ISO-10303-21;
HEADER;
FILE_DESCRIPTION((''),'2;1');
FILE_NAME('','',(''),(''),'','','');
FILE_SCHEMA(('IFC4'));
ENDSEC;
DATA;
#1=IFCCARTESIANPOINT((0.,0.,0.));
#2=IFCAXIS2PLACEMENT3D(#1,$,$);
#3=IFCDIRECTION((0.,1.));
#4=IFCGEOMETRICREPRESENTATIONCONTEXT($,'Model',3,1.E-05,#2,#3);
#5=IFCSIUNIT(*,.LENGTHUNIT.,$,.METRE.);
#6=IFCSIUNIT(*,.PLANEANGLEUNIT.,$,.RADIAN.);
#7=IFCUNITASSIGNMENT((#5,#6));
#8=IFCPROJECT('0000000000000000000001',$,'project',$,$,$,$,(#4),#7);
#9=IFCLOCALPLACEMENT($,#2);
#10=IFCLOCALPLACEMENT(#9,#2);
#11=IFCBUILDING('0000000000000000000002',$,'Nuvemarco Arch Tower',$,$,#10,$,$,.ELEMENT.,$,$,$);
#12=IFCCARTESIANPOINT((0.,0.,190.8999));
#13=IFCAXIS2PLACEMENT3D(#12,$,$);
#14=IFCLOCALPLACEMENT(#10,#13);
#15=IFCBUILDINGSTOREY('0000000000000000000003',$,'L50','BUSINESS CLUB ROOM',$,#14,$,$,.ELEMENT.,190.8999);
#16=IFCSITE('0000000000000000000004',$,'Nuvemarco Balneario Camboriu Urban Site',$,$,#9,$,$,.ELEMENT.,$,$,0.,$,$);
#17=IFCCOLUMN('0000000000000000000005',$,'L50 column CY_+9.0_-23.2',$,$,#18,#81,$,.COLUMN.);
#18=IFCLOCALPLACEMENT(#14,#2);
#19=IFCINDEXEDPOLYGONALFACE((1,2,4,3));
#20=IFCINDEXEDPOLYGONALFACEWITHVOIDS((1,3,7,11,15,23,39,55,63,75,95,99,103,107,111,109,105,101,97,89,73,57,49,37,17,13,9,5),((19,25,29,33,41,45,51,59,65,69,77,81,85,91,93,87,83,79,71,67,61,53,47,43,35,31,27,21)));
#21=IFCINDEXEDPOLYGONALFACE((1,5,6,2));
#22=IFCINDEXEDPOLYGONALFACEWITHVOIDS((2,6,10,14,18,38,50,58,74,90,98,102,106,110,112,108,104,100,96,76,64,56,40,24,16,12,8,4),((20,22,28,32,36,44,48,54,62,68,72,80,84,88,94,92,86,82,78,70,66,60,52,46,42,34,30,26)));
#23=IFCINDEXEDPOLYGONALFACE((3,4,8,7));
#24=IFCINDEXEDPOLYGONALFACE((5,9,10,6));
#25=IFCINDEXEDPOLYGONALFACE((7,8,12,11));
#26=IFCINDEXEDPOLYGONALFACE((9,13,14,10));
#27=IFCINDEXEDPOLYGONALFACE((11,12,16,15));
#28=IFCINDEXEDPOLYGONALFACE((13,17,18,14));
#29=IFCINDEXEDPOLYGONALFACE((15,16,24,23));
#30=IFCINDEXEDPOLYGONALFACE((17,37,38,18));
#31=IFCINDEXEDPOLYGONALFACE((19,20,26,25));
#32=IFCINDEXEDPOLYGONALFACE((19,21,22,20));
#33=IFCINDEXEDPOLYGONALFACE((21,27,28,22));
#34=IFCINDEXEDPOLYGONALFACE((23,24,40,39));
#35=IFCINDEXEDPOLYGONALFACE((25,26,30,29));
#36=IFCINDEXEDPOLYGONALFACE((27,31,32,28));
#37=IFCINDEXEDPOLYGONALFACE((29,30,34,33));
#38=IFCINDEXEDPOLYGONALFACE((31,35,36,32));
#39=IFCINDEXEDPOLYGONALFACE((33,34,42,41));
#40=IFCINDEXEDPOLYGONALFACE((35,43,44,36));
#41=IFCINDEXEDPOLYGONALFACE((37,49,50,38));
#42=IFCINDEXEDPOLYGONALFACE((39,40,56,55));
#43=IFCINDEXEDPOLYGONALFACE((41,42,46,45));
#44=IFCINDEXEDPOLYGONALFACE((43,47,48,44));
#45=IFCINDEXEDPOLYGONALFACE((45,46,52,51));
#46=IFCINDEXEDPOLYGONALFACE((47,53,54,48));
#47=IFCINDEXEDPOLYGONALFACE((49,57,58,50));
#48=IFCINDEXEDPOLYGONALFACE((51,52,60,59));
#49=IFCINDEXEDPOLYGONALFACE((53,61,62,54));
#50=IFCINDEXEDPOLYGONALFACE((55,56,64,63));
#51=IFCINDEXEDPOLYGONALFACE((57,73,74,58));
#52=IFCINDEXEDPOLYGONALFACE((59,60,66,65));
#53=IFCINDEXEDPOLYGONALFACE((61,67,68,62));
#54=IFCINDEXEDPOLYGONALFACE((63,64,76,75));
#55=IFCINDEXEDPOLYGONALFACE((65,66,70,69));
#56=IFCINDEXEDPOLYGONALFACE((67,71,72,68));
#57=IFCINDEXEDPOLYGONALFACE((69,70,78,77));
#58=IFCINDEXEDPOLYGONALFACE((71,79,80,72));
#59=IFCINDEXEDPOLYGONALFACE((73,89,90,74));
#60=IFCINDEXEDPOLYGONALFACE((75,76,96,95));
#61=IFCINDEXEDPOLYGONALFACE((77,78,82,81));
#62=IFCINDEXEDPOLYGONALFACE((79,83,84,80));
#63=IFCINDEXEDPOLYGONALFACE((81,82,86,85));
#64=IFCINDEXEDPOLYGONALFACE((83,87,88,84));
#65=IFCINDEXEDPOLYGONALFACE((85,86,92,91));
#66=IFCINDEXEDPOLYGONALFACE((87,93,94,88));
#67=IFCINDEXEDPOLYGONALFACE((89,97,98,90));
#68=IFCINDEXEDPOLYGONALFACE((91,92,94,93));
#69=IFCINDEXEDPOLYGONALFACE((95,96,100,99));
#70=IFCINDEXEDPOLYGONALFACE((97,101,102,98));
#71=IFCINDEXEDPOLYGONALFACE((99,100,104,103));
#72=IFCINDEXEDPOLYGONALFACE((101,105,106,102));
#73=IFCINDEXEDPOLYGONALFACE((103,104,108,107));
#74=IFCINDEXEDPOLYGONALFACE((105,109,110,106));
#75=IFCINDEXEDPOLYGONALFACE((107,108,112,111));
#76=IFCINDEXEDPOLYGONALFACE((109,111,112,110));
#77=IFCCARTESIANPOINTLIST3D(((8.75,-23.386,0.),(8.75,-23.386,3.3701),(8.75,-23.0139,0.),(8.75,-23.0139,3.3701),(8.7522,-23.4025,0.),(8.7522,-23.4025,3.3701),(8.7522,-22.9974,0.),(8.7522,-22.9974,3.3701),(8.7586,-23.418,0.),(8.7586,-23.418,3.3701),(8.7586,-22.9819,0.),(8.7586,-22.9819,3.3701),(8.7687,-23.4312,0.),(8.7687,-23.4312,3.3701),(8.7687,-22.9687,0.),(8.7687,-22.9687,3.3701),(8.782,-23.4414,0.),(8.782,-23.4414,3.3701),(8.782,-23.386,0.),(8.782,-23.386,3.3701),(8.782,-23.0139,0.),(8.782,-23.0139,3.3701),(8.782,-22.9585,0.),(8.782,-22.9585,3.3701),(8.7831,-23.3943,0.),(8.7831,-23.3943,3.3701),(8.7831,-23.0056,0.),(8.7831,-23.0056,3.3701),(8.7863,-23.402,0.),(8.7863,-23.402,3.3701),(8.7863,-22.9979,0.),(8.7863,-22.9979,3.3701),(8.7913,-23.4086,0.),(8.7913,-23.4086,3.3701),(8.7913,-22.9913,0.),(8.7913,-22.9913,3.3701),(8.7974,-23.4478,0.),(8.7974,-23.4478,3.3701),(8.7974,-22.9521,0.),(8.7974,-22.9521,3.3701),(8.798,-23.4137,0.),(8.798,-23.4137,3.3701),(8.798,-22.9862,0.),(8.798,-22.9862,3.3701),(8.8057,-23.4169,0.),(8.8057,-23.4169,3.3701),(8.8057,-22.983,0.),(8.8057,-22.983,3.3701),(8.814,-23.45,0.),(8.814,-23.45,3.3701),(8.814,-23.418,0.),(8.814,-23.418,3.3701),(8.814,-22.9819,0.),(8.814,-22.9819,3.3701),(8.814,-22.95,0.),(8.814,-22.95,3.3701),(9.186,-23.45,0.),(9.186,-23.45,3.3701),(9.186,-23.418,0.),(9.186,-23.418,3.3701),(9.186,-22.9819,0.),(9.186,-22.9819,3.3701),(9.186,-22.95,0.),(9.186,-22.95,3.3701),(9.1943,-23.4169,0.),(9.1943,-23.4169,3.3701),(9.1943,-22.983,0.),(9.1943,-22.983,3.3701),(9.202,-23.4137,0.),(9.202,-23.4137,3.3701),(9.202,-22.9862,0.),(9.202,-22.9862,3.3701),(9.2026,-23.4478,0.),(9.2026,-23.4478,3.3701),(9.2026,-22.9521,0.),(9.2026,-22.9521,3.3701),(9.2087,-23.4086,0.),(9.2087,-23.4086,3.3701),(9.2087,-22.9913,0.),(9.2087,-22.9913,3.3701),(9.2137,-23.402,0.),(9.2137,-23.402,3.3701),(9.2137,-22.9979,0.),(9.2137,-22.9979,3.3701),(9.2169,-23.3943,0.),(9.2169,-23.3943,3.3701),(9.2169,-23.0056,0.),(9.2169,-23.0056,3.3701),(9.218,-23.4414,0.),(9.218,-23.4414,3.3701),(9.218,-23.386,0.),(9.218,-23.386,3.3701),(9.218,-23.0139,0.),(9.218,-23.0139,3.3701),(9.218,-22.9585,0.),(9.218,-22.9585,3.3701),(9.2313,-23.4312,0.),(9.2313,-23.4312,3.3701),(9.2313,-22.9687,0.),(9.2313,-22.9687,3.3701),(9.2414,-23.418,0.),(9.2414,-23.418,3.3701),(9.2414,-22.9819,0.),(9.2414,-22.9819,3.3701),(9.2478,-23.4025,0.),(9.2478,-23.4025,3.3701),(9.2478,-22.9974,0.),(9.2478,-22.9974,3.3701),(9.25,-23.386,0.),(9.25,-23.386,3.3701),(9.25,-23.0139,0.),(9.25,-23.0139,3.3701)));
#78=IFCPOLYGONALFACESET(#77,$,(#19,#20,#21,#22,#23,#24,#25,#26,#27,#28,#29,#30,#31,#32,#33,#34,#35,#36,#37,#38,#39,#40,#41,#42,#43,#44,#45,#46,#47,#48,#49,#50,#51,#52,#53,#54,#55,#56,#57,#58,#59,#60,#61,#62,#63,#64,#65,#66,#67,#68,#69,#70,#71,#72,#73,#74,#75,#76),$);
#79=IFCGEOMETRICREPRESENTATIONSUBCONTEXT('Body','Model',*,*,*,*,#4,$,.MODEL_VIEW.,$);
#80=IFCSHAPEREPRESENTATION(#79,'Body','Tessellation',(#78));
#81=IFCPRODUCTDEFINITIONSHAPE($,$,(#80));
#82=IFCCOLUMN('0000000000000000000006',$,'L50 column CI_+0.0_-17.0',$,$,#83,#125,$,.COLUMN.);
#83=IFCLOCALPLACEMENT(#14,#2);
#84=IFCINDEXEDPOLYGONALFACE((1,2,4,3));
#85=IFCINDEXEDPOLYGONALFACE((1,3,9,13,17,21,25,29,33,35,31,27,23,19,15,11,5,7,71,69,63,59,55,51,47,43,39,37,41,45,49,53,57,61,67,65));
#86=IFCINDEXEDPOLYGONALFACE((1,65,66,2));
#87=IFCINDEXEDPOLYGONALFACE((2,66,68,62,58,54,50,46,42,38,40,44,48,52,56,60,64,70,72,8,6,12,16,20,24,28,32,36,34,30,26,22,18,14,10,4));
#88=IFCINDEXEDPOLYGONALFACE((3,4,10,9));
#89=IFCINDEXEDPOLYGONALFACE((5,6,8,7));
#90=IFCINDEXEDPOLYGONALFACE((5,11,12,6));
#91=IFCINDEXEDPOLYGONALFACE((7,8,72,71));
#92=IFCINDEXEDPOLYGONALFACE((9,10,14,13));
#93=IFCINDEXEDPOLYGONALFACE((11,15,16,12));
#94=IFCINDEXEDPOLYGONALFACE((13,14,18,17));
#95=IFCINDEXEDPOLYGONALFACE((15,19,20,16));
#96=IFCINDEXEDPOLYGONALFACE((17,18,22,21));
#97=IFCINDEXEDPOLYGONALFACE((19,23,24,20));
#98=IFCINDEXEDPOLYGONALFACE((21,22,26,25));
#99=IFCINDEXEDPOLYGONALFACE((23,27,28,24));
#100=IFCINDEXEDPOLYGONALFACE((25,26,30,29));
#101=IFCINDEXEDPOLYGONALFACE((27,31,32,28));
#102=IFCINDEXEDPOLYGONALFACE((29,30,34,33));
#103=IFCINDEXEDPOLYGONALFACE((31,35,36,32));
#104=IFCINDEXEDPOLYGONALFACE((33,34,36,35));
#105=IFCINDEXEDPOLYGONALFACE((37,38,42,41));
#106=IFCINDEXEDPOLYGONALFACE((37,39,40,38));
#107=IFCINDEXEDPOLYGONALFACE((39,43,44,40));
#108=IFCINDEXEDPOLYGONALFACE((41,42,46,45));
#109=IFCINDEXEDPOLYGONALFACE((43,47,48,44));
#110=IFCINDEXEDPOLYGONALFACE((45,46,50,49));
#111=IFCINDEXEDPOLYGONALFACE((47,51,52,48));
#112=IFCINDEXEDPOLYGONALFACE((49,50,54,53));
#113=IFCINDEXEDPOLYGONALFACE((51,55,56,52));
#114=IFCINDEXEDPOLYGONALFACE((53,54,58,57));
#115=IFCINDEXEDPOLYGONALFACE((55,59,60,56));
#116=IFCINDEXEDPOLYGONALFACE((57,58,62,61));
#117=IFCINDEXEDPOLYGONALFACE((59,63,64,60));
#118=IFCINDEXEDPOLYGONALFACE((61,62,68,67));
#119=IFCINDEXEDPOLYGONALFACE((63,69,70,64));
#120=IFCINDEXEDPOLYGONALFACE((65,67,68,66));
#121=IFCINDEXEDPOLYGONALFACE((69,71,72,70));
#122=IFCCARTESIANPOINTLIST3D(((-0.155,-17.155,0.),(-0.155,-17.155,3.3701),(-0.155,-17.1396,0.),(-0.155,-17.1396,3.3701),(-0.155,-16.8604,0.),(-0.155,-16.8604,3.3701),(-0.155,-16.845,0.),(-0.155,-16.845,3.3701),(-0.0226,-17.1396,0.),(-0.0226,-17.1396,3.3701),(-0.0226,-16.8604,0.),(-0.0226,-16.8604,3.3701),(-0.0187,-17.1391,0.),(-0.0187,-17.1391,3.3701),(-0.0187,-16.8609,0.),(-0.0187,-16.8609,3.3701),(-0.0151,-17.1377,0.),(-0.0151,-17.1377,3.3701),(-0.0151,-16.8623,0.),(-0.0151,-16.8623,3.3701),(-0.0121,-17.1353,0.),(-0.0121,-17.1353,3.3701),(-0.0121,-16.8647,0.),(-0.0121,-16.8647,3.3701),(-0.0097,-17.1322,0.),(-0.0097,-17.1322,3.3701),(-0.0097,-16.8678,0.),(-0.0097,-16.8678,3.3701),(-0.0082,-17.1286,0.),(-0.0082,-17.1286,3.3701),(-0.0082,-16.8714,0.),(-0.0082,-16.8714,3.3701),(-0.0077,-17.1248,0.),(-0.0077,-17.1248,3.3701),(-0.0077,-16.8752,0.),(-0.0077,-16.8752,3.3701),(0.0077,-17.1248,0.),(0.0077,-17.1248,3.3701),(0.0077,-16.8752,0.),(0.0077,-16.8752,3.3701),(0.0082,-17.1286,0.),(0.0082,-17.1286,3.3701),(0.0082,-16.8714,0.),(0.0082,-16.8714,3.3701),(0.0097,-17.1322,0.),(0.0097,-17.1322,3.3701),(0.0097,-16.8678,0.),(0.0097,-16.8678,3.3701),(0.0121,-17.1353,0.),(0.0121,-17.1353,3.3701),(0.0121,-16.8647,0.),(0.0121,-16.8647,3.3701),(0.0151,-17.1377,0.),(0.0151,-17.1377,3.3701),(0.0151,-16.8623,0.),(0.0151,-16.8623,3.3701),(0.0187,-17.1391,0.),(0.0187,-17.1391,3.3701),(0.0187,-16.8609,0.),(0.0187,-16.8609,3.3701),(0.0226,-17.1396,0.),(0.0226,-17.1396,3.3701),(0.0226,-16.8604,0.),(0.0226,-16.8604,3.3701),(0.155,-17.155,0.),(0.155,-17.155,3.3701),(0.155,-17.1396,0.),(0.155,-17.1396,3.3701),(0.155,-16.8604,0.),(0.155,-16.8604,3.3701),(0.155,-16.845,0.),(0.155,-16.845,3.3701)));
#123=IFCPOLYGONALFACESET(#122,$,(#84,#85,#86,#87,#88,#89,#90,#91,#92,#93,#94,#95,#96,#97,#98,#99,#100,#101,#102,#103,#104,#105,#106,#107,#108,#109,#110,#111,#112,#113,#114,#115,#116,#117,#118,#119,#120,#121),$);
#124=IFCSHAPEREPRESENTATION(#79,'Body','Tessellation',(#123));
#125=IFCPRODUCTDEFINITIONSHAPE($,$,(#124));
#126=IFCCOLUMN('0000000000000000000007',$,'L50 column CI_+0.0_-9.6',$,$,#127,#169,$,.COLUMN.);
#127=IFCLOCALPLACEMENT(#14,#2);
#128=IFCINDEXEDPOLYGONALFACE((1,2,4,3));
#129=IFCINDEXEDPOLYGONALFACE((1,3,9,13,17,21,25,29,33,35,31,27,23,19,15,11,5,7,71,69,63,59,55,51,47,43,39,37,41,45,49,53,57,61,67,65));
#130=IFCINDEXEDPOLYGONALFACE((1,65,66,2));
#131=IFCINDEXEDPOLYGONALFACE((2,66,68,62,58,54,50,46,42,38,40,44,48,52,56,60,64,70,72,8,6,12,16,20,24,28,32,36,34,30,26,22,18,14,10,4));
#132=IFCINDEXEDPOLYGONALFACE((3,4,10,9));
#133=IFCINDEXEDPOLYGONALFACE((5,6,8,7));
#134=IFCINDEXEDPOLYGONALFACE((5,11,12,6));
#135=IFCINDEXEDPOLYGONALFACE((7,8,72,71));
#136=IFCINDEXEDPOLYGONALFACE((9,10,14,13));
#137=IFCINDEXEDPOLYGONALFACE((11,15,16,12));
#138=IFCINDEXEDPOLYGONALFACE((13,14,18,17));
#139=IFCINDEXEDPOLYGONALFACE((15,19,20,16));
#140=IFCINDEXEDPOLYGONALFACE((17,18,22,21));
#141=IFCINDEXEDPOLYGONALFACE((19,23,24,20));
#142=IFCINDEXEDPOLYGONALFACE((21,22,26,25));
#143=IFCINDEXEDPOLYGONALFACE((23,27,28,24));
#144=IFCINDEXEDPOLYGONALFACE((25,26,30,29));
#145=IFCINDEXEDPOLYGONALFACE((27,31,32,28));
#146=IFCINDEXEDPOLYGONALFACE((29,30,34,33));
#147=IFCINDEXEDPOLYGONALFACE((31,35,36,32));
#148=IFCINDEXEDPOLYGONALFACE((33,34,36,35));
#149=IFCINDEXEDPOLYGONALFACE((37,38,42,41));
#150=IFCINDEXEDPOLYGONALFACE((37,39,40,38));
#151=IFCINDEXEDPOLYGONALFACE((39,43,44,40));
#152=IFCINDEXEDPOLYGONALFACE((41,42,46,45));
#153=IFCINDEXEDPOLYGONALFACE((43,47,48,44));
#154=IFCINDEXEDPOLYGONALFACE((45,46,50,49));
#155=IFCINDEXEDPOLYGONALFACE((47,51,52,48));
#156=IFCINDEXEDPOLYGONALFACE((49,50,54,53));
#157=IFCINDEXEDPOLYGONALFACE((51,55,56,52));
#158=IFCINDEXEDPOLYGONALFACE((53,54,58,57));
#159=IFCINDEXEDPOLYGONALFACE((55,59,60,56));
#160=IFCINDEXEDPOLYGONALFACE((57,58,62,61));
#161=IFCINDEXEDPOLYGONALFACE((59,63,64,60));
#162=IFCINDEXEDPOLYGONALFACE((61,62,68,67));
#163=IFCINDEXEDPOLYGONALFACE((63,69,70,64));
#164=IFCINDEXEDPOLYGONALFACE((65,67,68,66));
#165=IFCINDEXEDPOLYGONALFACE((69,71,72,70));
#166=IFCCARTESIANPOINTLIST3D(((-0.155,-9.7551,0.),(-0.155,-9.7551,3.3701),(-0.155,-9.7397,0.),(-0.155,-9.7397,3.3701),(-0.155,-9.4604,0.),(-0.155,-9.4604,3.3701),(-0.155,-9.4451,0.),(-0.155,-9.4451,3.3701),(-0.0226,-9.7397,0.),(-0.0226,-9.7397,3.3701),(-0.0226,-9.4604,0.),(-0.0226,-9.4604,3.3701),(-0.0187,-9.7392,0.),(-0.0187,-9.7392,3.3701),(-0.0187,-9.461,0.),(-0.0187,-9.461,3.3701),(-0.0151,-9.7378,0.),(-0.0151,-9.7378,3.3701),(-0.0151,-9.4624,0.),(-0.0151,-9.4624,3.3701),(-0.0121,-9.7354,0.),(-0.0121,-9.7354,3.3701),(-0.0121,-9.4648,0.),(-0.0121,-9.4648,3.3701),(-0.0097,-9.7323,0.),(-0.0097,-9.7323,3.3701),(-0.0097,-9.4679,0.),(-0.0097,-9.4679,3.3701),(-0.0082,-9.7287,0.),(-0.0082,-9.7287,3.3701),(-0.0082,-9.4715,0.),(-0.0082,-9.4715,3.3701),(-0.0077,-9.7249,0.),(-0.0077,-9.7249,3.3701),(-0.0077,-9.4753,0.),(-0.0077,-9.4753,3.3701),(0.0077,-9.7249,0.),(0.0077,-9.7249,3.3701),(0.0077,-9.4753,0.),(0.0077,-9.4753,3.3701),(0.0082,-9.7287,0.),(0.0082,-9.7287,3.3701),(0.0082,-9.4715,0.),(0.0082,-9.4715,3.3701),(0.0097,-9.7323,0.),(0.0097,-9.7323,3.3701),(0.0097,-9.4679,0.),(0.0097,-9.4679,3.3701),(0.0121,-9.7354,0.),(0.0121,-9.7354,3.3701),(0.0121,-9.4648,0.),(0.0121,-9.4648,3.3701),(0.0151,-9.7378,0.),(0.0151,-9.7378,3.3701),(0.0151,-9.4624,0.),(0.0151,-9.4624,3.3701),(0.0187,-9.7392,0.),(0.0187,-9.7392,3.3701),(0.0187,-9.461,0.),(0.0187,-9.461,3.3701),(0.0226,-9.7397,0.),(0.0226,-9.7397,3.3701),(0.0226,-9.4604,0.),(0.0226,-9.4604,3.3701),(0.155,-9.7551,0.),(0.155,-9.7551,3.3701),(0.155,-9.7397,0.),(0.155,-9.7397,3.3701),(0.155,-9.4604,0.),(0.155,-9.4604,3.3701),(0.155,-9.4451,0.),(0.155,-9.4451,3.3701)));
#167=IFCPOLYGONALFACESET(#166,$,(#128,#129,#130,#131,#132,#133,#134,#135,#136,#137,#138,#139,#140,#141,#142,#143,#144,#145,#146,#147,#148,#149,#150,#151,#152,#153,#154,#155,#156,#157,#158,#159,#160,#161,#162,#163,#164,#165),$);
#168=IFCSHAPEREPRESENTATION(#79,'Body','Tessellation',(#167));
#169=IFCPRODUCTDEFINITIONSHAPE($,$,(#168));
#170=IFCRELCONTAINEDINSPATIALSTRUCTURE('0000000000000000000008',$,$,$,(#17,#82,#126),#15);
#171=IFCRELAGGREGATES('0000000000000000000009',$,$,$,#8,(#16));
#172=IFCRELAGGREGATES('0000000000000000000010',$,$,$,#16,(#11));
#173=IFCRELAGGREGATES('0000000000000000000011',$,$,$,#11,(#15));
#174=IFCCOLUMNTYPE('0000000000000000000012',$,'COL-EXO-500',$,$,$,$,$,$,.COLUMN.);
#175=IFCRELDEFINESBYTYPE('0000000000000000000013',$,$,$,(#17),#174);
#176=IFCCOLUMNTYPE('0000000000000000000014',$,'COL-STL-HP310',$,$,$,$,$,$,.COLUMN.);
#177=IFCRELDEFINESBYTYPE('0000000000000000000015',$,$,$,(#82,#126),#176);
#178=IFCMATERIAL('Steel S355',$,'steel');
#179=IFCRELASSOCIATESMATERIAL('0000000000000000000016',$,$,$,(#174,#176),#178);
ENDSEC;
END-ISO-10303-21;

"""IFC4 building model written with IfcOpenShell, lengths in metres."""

from ifc_helpers import new_model, si_unit, direction, frame, origin, origin_2d, place, context, subcontext, project, spatial, hollow_rectangle, i_section, extrude, material, material_profile, profile_set, type_object, element, save


model = new_model("IFC4")

# Units and contexts
model_context = context("Model", 3, precision=1e-05, world=origin(), true_north=direction((0.0, 1.0)))
body_context = subcontext(model_context, "Body", "Model", "MODEL_VIEW")
ifc_project = project(units=[si_unit("LENGTHUNIT", "METRE"), si_unit("PLANEANGLEUNIT", "RADIAN")], contexts=[model_context])

# Site, building, storey
site_placement = place(None, origin())
site = spatial("IfcSite", under=ifc_project, at=site_placement, Name="Nuvemarco Balneario Camboriu Urban Site", CompositionType="ELEMENT", RefElevation=0.0)
building_placement = place(site_placement, origin())
building = spatial("IfcBuilding", under=site, at=building_placement, Name="Nuvemarco Arch Tower", CompositionType="ELEMENT")
storey_placement = place(building_placement, frame((0.0, 0.0, 190.8999)))
storey = spatial("IfcBuildingStorey", under=building, at=storey_placement, Name="L50", Description="BUSINESS CLUB ROOM", CompositionType="ELEMENT", Elevation=190.8999)

# Columns
ifc_material_1 = material(Name="Steel S355", Category="steel")
ifc_material_profile_1 = material_profile(ifc_material_1, hollow_rectangle(XDim=0.5, YDim=0.5, WallThickness=0.032, InnerFilletRadius=0.032, OuterFilletRadius=0.064, at=origin_2d()), Name="SHS500x500x32")
ifc_profile_set_1 = profile_set([ifc_material_profile_1], Name="Steel S355")
column_type_1 = type_object("IfcColumnType", Name="COL-EXO-500", PredefinedType="COLUMN", material=ifc_profile_set_1)
column_placement = place(storey_placement, frame((9.0, -23.2, 0.0), z_axis=(0.0, 0.0, 1.0), x_axis=(1.0, 0.0, 0.0)))
element("IfcColumn", 1, at=column_placement, inside=storey, type_object=column_type_1, Name="L50 column CY_+9.0_-23.2", PredefinedType="COLUMN", context=body_context, shape_type="SweptSolid", body=[
    extrude(hollow_rectangle(XDim=0.5, YDim=0.5, WallThickness=0.032, InnerFilletRadius=0.032, OuterFilletRadius=0.064, at=origin_2d()), origin(), (0.0, 0.0, 1.0), 3.3701),
])
ifc_material_profile_2 = material_profile(ifc_material_1, i_section(OverallWidth=0.3101, OverallDepth=0.3101, WebThickness=0.0154, FlangeThickness=0.0154, FilletRadius=0.0149, at=origin_2d()), Name="HP310x110")
ifc_profile_set_2 = profile_set([ifc_material_profile_2], Name="Steel S355")
column_type_2 = type_object("IfcColumnType", Name="COL-STL-HP310", PredefinedType="COLUMN", material=ifc_profile_set_2)
for number, where, z_axis, x_axis, name in (
    (2, (0.0, -17.0, 0.0), (0.0, 0.0, 1.0), (1.0, 0.0, 0.0), "L50 column CI_+0.0_-17.0"),
    (3, (0.0, -9.6001, 0.0), (0.0, 0.0, 1.0), (1.0, 0.0, 0.0), "L50 column CI_+0.0_-9.6"),
):
    element("IfcColumn", number, at=place(storey_placement, frame(where, z_axis=z_axis, x_axis=x_axis)), inside=storey, type_object=column_type_2, Name=name, PredefinedType="COLUMN", context=body_context, shape_type="SweptSolid", body=[
        extrude(i_section(OverallWidth=0.3101, OverallDepth=0.3101, WebThickness=0.0154, FlangeThickness=0.0154, FilletRadius=0.0149, at=origin_2d()), origin(), (0.0, 0.0, 1.0), 3.3701),
    ])

save(model, "model.ifc")
